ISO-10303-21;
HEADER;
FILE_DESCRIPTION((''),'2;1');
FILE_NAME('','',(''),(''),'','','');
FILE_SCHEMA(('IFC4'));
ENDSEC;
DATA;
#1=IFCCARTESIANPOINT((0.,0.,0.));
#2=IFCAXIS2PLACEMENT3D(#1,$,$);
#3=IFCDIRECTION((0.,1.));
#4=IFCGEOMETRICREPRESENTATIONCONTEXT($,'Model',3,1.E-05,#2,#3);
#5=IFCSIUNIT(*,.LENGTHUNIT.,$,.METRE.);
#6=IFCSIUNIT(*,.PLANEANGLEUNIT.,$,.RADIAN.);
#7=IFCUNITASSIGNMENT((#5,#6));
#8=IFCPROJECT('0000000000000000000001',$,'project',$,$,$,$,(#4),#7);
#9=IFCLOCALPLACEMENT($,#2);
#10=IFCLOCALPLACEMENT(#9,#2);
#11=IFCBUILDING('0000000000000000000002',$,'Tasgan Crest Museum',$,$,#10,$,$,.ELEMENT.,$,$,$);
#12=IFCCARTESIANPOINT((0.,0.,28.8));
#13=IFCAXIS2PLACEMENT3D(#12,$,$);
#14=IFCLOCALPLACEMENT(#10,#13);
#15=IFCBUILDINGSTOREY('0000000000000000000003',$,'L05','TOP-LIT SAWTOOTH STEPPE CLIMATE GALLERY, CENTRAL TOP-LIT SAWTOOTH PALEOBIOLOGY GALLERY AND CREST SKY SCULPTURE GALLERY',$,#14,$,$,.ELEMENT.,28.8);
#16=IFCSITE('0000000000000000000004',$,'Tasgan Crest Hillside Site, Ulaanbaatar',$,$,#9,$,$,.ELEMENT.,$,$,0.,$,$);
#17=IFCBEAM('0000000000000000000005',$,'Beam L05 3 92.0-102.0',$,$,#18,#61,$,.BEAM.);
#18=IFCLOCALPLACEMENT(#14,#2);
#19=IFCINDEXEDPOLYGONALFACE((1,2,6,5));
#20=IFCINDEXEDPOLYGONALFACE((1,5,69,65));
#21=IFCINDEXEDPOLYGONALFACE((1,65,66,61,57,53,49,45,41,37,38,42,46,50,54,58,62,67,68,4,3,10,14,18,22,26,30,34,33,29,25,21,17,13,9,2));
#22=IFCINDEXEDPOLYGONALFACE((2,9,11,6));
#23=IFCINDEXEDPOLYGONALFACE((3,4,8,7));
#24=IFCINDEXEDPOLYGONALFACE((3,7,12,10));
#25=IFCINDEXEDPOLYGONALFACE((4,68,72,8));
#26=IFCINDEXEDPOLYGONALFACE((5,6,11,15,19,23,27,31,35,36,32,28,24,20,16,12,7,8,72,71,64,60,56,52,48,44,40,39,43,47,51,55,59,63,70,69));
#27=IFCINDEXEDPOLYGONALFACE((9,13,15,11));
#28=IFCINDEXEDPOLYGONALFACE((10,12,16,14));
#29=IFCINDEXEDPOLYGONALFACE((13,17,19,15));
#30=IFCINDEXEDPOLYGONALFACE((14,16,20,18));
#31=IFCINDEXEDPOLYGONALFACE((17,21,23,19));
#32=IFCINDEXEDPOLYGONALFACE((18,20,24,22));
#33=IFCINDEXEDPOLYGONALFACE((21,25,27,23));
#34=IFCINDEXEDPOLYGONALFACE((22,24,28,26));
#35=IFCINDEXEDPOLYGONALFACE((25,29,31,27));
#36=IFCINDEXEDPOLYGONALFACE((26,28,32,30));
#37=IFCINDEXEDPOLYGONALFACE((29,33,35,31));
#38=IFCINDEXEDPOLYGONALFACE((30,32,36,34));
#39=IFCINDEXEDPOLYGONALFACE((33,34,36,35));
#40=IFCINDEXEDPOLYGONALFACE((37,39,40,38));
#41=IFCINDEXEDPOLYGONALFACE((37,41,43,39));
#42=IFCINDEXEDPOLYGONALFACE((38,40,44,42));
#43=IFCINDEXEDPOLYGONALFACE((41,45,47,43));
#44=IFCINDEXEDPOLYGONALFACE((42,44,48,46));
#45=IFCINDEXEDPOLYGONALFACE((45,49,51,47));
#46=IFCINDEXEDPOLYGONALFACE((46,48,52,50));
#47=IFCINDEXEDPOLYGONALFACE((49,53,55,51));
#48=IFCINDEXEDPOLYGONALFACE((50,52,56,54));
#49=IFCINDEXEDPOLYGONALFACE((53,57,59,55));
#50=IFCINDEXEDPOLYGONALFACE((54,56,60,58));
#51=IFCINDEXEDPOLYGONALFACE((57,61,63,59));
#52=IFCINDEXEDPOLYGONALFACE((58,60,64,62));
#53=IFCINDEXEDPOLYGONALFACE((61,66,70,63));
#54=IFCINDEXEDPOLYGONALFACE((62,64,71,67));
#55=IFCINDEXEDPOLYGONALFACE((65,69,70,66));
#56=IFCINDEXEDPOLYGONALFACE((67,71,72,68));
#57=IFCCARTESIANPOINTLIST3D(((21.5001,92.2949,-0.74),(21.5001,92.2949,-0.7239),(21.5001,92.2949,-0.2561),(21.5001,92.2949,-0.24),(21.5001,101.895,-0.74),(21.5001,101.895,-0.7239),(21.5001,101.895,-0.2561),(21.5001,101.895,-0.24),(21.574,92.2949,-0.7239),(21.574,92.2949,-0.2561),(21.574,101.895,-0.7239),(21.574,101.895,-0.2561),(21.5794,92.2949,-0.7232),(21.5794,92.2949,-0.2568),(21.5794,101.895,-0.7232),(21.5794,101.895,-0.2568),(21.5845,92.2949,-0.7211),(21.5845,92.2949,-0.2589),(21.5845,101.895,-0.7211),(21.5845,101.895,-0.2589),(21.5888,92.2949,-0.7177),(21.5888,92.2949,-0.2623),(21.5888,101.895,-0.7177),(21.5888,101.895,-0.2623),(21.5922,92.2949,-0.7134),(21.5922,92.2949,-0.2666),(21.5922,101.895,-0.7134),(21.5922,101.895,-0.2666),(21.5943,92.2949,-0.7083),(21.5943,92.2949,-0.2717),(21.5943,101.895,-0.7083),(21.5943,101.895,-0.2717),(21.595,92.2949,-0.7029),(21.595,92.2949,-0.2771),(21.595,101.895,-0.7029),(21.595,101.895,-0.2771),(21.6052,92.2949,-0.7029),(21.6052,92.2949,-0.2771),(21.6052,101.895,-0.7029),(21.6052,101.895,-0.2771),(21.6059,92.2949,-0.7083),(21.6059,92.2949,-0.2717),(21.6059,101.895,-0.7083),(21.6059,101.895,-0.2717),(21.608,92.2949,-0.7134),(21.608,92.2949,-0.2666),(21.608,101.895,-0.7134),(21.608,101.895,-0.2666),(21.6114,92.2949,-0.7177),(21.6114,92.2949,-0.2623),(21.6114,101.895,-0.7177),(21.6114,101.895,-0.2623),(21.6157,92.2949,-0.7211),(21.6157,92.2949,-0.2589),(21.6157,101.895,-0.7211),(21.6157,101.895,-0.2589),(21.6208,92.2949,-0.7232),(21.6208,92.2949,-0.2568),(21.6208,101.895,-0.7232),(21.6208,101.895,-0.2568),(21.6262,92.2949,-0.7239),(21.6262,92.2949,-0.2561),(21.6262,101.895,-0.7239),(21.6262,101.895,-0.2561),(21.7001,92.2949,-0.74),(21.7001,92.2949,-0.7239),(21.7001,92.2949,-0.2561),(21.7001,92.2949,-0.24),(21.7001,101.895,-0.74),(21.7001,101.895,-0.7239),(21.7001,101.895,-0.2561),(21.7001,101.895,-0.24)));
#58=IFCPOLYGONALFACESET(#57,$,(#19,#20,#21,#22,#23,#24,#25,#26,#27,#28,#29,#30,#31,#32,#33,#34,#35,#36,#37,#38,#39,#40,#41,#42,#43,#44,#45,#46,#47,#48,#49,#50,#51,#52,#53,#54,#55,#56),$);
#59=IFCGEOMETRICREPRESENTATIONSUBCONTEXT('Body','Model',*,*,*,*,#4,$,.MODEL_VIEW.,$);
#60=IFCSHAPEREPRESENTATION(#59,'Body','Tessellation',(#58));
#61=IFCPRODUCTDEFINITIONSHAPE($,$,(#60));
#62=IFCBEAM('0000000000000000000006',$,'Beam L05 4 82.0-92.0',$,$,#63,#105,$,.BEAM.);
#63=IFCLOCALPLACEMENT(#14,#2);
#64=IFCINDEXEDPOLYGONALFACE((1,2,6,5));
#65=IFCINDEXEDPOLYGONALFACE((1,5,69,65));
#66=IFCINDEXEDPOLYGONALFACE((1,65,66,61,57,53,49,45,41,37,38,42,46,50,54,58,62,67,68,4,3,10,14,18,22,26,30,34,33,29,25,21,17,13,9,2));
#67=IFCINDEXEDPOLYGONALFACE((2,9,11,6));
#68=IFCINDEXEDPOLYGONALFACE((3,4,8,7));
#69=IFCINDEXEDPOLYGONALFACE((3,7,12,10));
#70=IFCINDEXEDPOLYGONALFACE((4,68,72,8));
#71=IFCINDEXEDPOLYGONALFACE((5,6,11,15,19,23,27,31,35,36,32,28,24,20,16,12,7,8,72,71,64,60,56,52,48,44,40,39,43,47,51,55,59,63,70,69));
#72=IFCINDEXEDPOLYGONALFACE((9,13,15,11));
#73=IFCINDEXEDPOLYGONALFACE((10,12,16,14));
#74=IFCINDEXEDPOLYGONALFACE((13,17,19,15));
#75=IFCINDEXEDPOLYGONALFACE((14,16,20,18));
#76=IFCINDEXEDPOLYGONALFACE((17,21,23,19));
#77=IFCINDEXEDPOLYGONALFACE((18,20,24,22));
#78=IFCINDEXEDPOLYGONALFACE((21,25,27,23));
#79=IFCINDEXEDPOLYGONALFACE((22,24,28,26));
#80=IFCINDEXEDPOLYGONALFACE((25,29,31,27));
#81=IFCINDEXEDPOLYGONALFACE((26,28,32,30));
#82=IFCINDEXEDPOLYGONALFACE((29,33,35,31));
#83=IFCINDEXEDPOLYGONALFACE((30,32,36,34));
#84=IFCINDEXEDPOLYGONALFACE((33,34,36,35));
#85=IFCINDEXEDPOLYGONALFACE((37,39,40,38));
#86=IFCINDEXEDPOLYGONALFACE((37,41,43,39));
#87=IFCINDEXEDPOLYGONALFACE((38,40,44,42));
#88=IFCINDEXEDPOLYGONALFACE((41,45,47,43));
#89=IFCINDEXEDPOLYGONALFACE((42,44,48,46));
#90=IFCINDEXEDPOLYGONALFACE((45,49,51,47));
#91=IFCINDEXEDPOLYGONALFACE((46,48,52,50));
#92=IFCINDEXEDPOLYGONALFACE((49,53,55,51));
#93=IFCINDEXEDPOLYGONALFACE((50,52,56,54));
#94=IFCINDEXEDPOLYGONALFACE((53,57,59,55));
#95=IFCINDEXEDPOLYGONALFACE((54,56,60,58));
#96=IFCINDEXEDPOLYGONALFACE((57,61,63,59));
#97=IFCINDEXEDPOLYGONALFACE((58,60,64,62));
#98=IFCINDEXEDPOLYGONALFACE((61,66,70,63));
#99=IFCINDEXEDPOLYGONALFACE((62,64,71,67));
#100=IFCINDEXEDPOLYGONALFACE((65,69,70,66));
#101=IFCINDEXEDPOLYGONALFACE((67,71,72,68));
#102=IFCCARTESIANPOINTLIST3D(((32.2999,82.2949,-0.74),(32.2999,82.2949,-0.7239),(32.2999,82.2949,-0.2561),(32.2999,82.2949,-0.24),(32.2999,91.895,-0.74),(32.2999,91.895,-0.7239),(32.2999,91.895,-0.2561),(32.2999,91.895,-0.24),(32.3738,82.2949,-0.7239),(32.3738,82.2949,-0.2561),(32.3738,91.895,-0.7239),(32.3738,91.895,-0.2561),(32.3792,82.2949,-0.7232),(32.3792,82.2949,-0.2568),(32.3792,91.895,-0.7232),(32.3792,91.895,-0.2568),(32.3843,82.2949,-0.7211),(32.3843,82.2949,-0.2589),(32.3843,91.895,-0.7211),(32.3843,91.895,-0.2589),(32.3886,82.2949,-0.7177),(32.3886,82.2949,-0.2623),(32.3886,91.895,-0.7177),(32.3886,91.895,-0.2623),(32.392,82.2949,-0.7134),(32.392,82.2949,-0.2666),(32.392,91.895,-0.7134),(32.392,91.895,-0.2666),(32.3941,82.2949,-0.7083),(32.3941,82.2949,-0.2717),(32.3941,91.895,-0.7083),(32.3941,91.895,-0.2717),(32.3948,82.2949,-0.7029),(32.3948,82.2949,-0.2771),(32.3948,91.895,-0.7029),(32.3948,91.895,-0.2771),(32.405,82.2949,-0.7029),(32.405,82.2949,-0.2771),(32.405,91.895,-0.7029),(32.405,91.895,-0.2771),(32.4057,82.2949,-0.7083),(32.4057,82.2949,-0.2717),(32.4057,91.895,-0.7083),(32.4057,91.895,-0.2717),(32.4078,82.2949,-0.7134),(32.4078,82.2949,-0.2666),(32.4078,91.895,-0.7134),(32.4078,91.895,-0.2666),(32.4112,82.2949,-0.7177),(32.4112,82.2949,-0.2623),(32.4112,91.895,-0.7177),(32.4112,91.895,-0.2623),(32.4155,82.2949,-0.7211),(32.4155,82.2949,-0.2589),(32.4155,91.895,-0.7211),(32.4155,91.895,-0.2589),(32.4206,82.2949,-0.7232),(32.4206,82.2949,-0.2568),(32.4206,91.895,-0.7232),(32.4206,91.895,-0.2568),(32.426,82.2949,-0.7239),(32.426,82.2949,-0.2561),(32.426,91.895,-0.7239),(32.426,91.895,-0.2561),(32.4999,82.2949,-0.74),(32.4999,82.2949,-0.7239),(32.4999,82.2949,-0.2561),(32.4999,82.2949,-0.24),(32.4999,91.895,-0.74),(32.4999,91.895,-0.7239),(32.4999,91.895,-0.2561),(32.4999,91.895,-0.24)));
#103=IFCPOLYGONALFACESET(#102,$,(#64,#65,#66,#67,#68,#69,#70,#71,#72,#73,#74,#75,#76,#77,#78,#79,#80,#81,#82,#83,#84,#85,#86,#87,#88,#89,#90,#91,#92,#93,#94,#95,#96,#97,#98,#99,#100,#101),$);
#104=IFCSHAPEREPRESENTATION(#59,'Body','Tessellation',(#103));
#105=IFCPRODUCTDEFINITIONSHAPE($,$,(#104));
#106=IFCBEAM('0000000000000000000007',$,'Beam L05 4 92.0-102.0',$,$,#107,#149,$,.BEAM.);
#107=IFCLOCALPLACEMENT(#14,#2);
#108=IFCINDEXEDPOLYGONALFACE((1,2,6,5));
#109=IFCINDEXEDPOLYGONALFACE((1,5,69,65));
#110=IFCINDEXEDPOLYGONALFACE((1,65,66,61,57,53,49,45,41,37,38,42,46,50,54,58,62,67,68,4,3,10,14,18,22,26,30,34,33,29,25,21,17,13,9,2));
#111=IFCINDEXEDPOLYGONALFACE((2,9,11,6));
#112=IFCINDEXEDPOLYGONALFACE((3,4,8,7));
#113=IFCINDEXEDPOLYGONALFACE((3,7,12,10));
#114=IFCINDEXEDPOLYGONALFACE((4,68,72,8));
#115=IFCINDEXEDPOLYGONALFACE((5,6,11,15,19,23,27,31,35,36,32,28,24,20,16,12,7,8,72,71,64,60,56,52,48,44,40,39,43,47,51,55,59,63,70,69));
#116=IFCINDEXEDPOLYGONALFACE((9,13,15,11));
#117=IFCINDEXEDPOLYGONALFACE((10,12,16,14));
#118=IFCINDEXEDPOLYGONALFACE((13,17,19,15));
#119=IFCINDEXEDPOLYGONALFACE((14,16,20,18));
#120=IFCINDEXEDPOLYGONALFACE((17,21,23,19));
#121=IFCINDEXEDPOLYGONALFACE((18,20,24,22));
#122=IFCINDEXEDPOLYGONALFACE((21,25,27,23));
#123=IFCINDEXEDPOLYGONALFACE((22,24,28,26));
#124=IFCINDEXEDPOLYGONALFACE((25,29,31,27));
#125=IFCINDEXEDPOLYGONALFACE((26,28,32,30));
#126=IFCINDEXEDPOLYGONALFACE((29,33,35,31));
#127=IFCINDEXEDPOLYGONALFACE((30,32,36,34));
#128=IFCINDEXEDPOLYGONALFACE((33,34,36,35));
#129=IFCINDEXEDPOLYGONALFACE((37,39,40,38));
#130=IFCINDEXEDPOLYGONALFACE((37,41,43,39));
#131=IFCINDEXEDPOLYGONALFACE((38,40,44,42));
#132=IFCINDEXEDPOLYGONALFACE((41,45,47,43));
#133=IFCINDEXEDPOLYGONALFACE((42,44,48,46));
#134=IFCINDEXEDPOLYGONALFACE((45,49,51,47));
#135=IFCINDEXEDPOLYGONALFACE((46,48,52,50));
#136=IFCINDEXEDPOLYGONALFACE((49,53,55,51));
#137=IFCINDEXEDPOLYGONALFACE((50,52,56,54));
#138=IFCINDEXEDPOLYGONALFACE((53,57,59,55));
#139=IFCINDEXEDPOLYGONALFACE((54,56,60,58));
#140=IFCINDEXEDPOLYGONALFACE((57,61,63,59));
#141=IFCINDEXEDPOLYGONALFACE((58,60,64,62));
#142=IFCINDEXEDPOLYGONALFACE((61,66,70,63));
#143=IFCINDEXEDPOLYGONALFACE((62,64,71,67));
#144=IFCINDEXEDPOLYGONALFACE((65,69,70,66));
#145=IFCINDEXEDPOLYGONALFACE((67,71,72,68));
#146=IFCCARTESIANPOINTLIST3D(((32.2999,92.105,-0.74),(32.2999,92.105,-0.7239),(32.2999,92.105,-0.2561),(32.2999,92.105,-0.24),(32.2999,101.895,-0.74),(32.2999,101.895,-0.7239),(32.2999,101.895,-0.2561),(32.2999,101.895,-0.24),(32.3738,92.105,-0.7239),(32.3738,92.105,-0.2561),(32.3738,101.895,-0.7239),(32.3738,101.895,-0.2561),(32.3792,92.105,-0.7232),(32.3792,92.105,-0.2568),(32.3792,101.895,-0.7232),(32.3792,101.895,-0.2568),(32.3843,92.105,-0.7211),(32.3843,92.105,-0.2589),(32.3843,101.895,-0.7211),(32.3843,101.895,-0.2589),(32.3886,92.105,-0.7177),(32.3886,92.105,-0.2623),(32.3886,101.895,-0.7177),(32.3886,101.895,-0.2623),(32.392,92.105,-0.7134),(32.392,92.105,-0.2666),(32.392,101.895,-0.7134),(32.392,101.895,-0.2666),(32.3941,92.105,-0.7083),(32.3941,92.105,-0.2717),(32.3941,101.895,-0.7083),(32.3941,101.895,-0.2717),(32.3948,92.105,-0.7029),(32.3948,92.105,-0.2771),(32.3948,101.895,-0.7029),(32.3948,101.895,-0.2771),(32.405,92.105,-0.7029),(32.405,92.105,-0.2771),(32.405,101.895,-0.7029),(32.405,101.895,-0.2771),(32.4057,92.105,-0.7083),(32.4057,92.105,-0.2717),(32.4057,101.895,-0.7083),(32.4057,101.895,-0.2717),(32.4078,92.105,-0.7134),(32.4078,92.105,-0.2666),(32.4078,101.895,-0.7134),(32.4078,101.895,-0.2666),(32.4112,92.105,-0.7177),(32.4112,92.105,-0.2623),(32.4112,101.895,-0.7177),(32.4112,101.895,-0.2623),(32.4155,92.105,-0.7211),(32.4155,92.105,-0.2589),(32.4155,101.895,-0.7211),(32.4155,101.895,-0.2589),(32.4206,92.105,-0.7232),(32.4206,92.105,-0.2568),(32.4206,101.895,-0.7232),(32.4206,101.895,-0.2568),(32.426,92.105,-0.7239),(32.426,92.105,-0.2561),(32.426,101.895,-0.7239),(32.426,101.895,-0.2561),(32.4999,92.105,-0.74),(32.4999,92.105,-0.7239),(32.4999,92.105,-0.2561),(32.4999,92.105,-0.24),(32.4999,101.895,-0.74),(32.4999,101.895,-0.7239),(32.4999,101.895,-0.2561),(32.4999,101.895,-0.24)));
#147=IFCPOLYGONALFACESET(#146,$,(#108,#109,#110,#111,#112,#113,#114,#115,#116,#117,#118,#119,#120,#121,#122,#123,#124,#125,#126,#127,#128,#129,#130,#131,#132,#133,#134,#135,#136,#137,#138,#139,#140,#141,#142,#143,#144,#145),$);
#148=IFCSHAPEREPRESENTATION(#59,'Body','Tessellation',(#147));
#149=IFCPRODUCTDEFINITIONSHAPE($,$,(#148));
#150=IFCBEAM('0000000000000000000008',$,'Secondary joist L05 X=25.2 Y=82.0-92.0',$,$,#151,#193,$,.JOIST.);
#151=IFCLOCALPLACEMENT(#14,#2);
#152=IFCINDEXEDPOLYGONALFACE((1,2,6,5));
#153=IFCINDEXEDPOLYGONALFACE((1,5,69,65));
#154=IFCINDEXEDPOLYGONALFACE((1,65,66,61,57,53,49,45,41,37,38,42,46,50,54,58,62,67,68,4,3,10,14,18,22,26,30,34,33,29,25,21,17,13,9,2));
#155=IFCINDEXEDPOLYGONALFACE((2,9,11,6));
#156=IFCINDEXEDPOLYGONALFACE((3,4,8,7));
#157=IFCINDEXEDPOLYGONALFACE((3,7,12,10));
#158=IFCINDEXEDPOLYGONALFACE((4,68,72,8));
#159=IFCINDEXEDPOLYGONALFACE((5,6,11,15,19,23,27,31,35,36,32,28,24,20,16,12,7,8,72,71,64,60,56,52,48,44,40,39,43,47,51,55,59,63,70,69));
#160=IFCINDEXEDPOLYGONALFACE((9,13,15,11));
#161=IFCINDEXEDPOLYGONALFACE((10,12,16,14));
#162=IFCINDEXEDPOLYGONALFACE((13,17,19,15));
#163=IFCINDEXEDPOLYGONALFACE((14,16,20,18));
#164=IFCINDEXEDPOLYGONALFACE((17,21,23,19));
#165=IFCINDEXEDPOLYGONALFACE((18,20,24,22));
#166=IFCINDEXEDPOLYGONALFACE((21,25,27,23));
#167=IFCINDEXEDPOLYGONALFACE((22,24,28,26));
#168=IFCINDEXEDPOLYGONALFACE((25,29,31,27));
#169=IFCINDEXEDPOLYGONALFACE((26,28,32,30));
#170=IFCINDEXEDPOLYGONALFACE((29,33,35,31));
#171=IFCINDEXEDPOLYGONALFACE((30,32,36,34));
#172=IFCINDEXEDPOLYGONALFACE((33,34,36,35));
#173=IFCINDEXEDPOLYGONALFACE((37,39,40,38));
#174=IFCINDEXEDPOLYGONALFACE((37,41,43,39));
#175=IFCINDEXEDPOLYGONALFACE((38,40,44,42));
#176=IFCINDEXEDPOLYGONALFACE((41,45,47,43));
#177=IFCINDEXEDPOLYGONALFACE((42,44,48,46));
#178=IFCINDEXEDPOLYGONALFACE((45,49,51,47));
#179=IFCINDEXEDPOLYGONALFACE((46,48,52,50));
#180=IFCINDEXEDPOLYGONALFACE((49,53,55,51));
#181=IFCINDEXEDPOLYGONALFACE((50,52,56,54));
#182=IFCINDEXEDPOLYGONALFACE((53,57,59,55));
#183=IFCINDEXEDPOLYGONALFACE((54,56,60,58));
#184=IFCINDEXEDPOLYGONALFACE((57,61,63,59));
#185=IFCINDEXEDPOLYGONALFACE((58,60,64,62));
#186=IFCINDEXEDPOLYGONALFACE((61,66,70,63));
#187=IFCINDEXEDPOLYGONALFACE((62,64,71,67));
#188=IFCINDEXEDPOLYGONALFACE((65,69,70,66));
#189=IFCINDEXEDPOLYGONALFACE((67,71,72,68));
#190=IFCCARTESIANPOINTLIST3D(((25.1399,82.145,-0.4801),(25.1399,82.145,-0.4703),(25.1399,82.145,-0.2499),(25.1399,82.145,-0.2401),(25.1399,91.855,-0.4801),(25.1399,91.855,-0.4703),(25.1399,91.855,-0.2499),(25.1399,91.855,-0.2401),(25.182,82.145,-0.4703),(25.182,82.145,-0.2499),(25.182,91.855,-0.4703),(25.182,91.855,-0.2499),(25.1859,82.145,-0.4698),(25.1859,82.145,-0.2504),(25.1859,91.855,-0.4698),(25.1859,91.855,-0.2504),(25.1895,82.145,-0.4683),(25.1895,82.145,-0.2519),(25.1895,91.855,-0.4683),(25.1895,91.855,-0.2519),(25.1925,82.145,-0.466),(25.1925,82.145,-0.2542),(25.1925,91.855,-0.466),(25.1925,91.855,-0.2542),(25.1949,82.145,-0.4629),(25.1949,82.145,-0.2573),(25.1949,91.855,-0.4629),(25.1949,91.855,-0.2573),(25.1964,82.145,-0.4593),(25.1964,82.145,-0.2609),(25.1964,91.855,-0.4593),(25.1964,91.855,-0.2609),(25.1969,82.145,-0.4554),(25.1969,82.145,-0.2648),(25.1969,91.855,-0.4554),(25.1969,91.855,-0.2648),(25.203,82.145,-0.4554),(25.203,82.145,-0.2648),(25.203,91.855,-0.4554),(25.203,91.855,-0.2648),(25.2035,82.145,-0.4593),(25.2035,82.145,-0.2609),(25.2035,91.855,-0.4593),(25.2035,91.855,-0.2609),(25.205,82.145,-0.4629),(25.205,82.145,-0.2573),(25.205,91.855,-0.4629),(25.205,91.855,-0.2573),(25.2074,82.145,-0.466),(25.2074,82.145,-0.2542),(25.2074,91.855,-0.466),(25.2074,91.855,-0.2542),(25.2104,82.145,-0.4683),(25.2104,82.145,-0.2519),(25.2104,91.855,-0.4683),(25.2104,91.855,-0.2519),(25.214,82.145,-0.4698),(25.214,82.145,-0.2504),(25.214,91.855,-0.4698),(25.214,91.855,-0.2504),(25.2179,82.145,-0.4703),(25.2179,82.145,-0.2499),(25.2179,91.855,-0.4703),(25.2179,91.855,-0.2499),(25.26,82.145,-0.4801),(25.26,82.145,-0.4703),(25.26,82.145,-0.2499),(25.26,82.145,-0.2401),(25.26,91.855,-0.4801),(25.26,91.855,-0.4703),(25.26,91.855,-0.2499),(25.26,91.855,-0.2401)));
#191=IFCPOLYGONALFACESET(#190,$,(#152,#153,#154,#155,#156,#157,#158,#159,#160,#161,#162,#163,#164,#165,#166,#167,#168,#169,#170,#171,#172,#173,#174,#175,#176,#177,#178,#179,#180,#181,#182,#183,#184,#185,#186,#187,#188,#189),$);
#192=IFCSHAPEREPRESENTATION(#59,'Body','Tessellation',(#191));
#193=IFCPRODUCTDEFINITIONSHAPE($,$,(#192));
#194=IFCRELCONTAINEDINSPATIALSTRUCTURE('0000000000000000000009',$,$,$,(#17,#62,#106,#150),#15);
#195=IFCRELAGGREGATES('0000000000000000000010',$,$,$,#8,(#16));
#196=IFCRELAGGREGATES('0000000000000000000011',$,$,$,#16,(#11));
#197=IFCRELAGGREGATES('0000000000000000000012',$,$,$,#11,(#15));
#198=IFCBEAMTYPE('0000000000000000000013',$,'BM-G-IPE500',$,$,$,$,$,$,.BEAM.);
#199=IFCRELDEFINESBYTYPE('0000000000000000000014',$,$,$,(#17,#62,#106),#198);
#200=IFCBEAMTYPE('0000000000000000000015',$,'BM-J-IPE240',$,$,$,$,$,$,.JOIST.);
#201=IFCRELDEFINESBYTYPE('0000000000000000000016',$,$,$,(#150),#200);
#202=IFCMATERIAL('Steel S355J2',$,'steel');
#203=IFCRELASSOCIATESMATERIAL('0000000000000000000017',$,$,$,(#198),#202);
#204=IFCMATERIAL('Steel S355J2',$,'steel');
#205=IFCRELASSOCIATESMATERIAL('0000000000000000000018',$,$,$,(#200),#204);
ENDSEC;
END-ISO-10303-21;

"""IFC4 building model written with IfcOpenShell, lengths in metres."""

from ifc_helpers import new_model, si_unit, direction, frame, origin, origin_2d, place, context, subcontext, project, spatial, i_section, extrude, material, material_profile, profile_set, type_object, element, save


model = new_model("IFC4")

# Units and contexts
model_context = context("Model", 3, precision=1e-05, world=origin(), true_north=direction((0.0, 1.0)))
body_context = subcontext(model_context, "Body", "Model", "MODEL_VIEW")
ifc_project = project(units=[si_unit("LENGTHUNIT", "METRE"), si_unit("PLANEANGLEUNIT", "RADIAN")], contexts=[model_context])

# Site, building, storey
site_placement = place(None, origin())
site = spatial("IfcSite", under=ifc_project, at=site_placement, Name="Tasgan Crest Hillside Site, Ulaanbaatar", CompositionType="ELEMENT", RefElevation=0.0)
building_placement = place(site_placement, origin())
building = spatial("IfcBuilding", under=site, at=building_placement, Name="Tasgan Crest Museum", CompositionType="ELEMENT")
storey_placement = place(building_placement, frame((0.0, 0.0, 28.8)))
storey = spatial("IfcBuildingStorey", under=building, at=storey_placement, Name="L05", Description="TOP-LIT SAWTOOTH STEPPE CLIMATE GALLERY, CENTRAL TOP-LIT SAWTOOTH PALEOBIOLOGY GALLERY AND CREST SKY SCULPTURE GALLERY", CompositionType="ELEMENT", Elevation=28.8)

# Beams
ifc_material_1 = material(Name="Steel S355J2", Category="steel")
ifc_material_profile_1 = material_profile(ifc_material_1, i_section(OverallWidth=0.2, OverallDepth=0.5, WebThickness=0.0103, FlangeThickness=0.0161, FilletRadius=0.021, at=origin_2d()), Name="IPE 500")
ifc_profile_set_1 = profile_set([ifc_material_profile_1], Name="Steel S355J2")
beam_type_1 = type_object("IfcBeamType", Name="BM-G-IPE500", PredefinedType="BEAM", material=ifc_profile_set_1)
for number, where, z_axis, x_axis, name in (
    (1, (21.6001, 92.2949, -0.49), (0.0, 1.0, 0.0), (-1.0, 0.0, 0.0), "Beam L05 3 92.0-102.0"),
    (2, (32.3999, 82.2949, -0.49), (0.0, 1.0, 0.0), (-1.0, 0.0, 0.0), "Beam L05 4 82.0-92.0"),
):
    element("IfcBeam", number, at=place(storey_placement, frame(where, z_axis=z_axis, x_axis=x_axis)), inside=storey, type_object=beam_type_1, Name=name, PredefinedType="BEAM", context=body_context, shape_type="SweptSolid", body=[
        extrude(i_section(OverallWidth=0.2, OverallDepth=0.5, WebThickness=0.0103, FlangeThickness=0.0161, FilletRadius=0.021, at=origin_2d()), origin(), (0.0, 0.0, 1.0), 9.6001),
    ])
beam_1_placement = place(storey_placement, frame((32.3999, 92.105, -0.49), z_axis=(0.0, 1.0, 0.0), x_axis=(-1.0, 0.0, 0.0)))
element("IfcBeam", 3, at=beam_1_placement, inside=storey, type_object=beam_type_1, Name="Beam L05 4 92.0-102.0", PredefinedType="BEAM", context=body_context, shape_type="SweptSolid", body=[
    extrude(i_section(OverallWidth=0.2, OverallDepth=0.5, WebThickness=0.0103, FlangeThickness=0.0161, FilletRadius=0.021, at=origin_2d()), origin(), (0.0, 0.0, 1.0), 9.79),
])
ifc_material_2 = material(Name="Steel S355J2", Category="steel")
ifc_material_profile_2 = material_profile(ifc_material_2, i_section(OverallWidth=0.1201, OverallDepth=0.24, WebThickness=0.0061, FlangeThickness=0.0098, FilletRadius=0.0149, at=origin_2d()), Name="IPE 240")
ifc_profile_set_2 = profile_set([ifc_material_profile_2], Name="Steel S355J2")
beam_type_2 = type_object("IfcBeamType", Name="BM-J-IPE240", PredefinedType="JOIST", material=ifc_profile_set_2)
for number, where, z_axis, x_axis, name in (
    (4, (25.2, 82.145, -0.3601), (0.0, 1.0, 0.0), (-1.0, 0.0, 0.0), "Secondary joist L05 X=25.2 Y=82.0-92.0"),
):
    element("IfcBeam", number, at=place(storey_placement, frame(where, z_axis=z_axis, x_axis=x_axis)), inside=storey, type_object=beam_type_2, Name=name, PredefinedType="JOIST", context=body_context, shape_type="SweptSolid", body=[
        extrude(i_section(OverallWidth=0.1201, OverallDepth=0.24, WebThickness=0.0061, FlangeThickness=0.0098, FilletRadius=0.0149, at=origin_2d()), origin(), (0.0, 0.0, 1.0), 9.71),
    ])

save(model, "model.ifc")
